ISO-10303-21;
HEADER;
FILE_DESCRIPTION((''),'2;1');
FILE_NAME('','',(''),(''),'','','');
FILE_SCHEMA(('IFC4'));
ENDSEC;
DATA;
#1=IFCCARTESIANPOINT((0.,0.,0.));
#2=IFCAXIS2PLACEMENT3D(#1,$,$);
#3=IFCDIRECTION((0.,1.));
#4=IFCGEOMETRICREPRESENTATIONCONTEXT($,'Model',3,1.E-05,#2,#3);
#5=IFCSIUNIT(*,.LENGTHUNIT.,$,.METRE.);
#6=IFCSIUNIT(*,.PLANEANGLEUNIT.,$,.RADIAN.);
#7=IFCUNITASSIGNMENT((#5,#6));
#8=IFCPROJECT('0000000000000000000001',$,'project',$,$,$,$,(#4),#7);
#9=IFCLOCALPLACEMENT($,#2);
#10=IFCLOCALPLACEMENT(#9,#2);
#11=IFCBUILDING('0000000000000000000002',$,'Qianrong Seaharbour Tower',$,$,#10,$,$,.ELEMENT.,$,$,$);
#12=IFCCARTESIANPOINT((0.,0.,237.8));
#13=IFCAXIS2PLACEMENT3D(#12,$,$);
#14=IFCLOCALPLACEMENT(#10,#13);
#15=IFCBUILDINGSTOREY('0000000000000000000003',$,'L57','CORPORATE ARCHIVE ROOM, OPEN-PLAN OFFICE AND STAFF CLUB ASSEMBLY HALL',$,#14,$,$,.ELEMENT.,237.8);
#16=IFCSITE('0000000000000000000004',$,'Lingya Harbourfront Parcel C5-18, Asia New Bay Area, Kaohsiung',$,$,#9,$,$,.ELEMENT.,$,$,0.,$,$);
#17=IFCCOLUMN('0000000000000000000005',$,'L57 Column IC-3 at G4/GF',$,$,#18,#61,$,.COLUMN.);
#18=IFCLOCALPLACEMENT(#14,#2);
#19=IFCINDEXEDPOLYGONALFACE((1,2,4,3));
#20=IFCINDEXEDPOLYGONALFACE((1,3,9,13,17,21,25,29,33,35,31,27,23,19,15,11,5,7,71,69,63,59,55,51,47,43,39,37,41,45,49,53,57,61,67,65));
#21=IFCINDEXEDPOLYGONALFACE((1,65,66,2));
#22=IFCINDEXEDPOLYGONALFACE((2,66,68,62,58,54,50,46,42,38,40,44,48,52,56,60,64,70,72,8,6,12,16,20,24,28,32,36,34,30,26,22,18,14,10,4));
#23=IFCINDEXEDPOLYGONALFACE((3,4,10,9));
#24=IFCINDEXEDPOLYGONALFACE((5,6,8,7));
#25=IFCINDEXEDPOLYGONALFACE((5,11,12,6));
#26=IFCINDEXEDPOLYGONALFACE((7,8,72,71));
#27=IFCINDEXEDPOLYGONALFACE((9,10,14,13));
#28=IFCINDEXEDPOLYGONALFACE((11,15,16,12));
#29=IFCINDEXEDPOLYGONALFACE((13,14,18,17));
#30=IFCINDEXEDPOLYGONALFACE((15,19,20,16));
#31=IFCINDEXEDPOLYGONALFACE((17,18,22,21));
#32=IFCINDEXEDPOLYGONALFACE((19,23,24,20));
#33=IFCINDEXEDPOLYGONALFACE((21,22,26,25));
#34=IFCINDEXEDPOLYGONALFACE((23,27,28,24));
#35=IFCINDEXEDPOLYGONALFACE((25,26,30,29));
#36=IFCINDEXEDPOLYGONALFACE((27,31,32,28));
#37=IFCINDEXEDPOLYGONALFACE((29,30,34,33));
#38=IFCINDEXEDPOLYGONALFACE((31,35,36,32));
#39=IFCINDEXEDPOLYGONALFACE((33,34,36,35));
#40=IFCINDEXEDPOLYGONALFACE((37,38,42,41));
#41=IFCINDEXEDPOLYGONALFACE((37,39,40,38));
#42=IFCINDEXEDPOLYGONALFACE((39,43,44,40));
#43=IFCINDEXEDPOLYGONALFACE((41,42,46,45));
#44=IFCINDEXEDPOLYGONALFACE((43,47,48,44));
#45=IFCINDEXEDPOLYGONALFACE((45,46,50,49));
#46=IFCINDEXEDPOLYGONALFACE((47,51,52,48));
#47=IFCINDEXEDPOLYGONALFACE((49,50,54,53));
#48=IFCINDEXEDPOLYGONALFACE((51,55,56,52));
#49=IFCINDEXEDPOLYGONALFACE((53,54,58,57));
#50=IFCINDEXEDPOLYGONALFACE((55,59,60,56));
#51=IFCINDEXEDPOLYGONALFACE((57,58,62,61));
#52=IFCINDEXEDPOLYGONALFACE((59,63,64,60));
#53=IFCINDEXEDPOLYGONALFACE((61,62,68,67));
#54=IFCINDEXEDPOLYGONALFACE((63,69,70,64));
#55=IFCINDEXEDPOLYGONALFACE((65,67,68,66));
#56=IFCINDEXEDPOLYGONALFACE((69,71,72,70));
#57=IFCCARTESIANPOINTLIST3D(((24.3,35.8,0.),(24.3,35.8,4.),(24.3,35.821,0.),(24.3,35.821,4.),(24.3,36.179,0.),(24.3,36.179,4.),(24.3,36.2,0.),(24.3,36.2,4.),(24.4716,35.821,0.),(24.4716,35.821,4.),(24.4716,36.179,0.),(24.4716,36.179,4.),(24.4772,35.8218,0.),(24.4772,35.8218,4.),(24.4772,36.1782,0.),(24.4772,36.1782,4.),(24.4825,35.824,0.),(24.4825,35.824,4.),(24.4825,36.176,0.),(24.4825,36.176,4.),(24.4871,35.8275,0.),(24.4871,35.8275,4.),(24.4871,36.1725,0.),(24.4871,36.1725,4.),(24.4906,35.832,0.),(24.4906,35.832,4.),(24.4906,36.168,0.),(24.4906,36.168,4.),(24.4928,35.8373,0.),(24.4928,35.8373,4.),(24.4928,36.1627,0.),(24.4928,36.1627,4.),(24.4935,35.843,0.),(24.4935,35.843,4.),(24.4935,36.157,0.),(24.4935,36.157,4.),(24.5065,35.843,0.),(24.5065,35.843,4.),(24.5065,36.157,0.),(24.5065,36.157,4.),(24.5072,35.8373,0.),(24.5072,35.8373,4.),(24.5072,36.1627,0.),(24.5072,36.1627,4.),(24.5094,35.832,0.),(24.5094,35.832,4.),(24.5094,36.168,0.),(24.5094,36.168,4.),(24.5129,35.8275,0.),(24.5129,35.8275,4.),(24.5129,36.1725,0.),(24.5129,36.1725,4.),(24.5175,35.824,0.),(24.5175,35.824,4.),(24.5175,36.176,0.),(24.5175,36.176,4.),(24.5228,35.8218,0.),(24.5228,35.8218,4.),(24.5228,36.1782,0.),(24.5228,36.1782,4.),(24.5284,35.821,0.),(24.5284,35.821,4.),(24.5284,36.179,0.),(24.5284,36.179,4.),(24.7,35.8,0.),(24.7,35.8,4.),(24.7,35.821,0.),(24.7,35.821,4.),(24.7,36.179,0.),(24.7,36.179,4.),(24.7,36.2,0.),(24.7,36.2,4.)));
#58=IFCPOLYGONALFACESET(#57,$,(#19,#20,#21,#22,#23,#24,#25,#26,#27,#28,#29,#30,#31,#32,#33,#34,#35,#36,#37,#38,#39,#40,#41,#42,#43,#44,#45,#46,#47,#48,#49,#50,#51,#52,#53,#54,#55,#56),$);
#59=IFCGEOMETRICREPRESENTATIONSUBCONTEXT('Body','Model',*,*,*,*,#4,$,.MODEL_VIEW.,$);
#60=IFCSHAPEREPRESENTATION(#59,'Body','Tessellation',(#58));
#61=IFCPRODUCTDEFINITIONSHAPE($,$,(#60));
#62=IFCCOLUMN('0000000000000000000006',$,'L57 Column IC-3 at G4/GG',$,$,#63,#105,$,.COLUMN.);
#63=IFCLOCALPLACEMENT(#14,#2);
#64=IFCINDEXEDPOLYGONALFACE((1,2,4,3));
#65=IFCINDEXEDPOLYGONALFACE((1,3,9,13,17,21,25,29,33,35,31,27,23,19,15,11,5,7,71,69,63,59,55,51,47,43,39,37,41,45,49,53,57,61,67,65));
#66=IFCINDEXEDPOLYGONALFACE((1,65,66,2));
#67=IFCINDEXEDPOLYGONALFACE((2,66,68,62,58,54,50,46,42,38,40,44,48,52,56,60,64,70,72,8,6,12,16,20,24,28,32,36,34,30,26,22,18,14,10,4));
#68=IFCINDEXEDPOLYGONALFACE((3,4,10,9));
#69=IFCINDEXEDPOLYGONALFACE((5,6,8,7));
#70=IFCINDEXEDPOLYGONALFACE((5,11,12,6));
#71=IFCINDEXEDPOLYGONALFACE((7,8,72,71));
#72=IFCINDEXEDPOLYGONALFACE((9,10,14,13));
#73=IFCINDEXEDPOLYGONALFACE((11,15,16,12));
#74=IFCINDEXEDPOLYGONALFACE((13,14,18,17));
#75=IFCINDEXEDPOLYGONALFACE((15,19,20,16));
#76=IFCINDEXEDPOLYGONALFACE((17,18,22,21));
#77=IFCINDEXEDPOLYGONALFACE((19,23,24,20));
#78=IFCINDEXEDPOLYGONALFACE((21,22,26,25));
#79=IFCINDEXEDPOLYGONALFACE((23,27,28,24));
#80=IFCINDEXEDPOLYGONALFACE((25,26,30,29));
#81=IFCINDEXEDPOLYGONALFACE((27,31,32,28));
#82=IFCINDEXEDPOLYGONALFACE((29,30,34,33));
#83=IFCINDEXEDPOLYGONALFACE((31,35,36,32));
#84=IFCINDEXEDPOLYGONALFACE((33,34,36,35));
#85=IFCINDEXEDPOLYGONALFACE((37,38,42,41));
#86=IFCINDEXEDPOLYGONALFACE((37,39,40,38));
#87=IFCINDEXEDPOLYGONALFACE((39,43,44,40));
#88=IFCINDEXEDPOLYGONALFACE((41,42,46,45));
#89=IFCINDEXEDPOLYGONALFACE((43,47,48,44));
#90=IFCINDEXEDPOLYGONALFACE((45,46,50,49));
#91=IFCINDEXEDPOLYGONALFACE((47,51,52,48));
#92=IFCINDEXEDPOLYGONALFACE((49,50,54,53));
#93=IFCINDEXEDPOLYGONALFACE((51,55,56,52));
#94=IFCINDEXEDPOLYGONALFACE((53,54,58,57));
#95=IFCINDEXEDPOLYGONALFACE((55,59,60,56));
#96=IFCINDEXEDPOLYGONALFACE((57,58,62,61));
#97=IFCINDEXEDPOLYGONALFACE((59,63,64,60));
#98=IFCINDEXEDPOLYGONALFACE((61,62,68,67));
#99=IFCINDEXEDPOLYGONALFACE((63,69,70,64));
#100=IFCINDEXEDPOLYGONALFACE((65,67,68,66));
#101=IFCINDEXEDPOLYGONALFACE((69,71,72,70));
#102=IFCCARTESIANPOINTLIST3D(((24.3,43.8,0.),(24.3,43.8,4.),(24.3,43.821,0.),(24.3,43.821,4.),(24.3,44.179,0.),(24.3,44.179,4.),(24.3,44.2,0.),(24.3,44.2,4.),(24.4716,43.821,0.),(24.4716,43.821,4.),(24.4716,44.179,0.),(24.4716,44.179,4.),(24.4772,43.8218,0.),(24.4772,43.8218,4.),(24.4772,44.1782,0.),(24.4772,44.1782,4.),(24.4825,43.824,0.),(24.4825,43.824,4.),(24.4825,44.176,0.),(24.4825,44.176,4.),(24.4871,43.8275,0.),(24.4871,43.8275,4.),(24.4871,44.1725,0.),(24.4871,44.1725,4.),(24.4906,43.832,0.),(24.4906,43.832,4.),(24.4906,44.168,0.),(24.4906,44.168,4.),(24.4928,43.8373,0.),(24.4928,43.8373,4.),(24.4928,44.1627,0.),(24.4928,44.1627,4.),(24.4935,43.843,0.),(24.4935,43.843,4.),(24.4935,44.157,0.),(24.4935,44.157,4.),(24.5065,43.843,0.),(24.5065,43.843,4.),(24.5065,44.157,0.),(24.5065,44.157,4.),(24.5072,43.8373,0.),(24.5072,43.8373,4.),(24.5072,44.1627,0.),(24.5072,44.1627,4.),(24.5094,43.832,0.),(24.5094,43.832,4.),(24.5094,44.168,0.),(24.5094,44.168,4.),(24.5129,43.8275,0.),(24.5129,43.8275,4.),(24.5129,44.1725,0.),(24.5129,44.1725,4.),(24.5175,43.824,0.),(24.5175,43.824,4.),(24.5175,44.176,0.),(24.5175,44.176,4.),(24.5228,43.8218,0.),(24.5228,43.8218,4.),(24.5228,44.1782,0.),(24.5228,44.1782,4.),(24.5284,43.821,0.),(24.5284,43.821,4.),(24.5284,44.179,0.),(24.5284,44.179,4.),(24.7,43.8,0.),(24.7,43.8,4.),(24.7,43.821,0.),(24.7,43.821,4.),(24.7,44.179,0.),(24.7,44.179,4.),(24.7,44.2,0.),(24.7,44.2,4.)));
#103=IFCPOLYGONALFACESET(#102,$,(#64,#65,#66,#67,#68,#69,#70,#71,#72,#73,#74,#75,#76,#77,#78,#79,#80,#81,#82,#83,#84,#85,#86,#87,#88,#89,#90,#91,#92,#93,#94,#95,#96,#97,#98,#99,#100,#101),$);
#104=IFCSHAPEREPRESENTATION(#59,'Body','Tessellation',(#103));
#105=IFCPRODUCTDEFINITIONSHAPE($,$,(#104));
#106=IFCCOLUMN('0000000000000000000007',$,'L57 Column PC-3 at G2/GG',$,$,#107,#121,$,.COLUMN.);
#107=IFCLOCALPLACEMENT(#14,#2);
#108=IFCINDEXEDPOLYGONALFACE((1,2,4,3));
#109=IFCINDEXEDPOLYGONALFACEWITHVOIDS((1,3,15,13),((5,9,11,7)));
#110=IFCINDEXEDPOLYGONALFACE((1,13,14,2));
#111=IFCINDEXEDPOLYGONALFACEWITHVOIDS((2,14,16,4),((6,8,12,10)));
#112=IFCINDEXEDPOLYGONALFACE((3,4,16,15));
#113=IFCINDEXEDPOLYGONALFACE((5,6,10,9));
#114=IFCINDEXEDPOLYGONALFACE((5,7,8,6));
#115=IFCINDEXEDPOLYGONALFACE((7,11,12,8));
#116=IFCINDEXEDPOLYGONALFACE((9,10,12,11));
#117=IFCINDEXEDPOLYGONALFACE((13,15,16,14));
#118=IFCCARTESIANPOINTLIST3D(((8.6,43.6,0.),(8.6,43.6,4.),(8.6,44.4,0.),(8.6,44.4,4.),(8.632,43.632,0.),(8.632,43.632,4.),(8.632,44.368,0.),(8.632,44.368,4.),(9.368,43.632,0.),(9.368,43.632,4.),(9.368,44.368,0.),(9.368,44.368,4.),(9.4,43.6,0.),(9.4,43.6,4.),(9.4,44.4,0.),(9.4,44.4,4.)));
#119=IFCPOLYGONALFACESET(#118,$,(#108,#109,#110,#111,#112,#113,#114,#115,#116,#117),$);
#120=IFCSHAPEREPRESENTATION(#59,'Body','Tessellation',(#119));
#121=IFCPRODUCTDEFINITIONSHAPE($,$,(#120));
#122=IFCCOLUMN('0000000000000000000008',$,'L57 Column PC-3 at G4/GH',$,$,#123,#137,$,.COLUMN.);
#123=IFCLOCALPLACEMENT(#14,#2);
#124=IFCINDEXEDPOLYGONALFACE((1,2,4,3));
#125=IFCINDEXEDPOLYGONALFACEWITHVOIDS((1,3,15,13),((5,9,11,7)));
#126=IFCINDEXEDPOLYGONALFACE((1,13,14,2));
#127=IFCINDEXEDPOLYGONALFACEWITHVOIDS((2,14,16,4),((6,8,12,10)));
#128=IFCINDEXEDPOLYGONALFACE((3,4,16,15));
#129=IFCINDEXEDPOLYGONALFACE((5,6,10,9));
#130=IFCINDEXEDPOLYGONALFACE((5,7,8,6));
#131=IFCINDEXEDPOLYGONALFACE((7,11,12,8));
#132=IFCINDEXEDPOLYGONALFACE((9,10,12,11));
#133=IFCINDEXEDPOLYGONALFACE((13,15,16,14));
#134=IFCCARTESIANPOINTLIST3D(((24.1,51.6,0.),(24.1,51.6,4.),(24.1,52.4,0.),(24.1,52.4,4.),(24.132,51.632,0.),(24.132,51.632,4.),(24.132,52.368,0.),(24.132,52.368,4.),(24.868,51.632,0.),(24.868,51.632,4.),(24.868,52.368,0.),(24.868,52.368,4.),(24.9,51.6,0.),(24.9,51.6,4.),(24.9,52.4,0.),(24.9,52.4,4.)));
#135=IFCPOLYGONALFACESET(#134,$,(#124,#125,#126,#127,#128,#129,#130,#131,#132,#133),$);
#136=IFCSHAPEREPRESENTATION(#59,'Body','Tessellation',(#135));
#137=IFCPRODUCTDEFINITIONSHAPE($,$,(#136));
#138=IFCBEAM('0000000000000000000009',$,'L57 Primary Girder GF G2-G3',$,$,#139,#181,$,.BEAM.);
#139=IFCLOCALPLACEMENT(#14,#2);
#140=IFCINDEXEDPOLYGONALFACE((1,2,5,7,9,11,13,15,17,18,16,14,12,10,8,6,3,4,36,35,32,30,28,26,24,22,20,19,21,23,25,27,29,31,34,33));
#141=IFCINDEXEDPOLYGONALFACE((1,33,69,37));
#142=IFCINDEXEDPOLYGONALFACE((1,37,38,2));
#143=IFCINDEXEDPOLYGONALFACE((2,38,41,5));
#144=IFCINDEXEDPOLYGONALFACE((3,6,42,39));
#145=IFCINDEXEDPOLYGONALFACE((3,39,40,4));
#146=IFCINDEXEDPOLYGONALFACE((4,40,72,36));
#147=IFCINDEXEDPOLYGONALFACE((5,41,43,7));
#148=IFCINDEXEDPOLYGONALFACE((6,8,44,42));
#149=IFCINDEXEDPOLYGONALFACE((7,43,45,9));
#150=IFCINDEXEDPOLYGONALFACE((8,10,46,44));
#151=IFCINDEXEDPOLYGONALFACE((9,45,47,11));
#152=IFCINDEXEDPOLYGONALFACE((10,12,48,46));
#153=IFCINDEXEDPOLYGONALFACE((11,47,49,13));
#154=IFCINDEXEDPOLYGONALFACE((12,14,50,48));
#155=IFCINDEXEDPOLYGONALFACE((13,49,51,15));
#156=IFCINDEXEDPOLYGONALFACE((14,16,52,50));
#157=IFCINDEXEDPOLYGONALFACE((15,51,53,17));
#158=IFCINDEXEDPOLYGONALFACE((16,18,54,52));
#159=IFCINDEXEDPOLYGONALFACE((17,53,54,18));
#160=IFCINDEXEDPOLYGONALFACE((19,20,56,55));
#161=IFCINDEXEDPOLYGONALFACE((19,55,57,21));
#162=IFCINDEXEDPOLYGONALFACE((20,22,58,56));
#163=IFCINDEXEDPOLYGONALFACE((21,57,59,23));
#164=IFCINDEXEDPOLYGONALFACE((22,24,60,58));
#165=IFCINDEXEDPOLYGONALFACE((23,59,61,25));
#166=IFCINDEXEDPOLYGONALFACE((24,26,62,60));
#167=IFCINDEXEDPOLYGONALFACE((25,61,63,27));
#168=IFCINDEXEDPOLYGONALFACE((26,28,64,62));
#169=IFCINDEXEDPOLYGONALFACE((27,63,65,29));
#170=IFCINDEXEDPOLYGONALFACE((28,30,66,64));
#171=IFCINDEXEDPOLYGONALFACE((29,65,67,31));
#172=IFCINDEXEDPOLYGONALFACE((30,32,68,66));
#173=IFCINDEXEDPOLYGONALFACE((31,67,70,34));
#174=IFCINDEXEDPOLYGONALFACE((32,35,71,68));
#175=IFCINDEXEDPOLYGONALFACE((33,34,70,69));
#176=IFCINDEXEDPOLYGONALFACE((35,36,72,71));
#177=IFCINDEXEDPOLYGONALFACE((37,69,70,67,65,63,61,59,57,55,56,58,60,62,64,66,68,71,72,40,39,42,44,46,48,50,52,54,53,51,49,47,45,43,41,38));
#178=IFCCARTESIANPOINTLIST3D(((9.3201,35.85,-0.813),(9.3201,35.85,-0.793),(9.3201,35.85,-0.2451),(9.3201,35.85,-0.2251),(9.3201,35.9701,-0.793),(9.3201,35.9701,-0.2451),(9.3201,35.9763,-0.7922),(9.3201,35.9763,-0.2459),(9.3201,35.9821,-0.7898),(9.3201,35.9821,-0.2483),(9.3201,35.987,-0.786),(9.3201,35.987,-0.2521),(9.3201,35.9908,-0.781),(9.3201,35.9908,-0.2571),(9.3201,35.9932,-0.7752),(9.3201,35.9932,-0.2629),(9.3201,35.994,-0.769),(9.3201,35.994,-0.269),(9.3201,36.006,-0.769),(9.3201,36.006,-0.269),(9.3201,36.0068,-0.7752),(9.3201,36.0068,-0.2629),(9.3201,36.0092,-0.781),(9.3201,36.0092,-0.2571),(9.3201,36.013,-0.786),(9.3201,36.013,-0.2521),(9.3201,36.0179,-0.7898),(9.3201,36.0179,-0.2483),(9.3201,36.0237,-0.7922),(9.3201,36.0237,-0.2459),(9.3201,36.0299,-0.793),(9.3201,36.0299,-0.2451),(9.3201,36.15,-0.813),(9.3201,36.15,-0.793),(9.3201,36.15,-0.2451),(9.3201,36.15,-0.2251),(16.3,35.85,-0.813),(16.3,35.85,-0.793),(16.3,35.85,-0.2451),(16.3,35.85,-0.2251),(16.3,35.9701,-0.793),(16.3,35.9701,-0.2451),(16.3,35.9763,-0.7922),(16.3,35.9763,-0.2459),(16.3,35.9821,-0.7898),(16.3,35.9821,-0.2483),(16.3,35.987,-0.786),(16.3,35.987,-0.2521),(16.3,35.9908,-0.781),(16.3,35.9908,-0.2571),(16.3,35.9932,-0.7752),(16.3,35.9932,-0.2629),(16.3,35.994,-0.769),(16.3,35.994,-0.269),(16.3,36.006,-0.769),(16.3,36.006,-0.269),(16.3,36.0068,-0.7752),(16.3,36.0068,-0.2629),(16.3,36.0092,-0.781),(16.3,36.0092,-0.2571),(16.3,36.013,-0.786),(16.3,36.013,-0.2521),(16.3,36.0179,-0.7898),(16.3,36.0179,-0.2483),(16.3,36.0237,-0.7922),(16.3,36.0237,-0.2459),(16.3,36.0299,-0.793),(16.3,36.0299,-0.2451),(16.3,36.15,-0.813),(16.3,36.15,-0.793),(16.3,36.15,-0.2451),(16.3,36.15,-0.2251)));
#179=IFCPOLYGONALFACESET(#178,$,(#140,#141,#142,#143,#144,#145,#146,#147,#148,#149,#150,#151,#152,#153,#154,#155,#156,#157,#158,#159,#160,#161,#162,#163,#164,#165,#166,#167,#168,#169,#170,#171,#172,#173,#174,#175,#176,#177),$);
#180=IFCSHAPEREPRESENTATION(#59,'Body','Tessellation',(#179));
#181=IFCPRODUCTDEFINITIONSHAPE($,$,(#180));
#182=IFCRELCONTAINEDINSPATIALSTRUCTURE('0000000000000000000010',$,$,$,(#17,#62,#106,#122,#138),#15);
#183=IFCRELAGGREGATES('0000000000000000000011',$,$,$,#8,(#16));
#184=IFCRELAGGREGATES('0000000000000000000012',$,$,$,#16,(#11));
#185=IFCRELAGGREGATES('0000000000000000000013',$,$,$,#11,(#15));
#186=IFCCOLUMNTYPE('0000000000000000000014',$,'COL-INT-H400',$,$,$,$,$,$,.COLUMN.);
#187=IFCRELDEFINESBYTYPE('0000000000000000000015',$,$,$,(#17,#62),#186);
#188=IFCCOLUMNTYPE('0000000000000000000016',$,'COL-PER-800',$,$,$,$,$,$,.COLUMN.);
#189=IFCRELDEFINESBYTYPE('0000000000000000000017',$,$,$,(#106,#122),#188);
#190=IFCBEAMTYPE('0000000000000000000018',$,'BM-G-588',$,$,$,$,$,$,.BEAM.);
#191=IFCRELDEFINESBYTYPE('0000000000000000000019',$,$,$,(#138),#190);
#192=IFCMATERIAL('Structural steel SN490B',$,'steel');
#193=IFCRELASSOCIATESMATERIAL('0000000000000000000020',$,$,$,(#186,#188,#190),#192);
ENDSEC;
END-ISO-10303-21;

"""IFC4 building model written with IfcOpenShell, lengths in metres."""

from ifc_helpers import new_model, si_unit, direction, frame, origin, origin_2d, place, context, subcontext, project, spatial, hollow_rectangle, i_section, extrude, material, material_profile, profile_set, type_object, element, save


model = new_model("IFC4")

# Units and contexts
model_context = context("Model", 3, precision=1e-05, world=origin(), true_north=direction((0.0, 1.0)))
body_context = subcontext(model_context, "Body", "Model", "MODEL_VIEW")
ifc_project = project(units=[si_unit("LENGTHUNIT", "METRE"), si_unit("PLANEANGLEUNIT", "RADIAN")], contexts=[model_context])

# Site, building, storey
site_placement = place(None, origin())
site = spatial("IfcSite", under=ifc_project, at=site_placement, Name="Lingya Harbourfront Parcel C5-18, Asia New Bay Area, Kaohsiung", CompositionType="ELEMENT", RefElevation=0.0)
building_placement = place(site_placement, origin())
building = spatial("IfcBuilding", under=site, at=building_placement, Name="Qianrong Seaharbour Tower", CompositionType="ELEMENT")
storey_placement = place(building_placement, frame((0.0, 0.0, 237.8)))
storey = spatial("IfcBuildingStorey", under=building, at=storey_placement, Name="L57", Description="CORPORATE ARCHIVE ROOM, OPEN-PLAN OFFICE AND STAFF CLUB ASSEMBLY HALL", CompositionType="ELEMENT", Elevation=237.8)

# Columns
ifc_material_1 = material(Name="Structural steel SN490B", Category="steel")
ifc_material_profile_1 = material_profile(ifc_material_1, i_section(OverallWidth=0.3999, OverallDepth=0.3999, WebThickness=0.0129, FlangeThickness=0.021, FilletRadius=0.022, at=origin_2d()), Name="H400x400x13x21")
ifc_profile_set_1 = profile_set([ifc_material_profile_1], Name="Structural steel SN490B")
column_type_1 = type_object("IfcColumnType", Name="COL-INT-H400", PredefinedType="COLUMN", material=ifc_profile_set_1)
for number, where, z_axis, x_axis, name in (
    (1, (24.5, 36.0, 0.0), (0.0, 0.0, 1.0), (1.0, 0.0, 0.0), "L57 Column IC-3 at G4/GF"),
    (2, (24.5, 44.0, 0.0), (0.0, 0.0, 1.0), (1.0, 0.0, 0.0), "L57 Column IC-3 at G4/GG"),
):
    element("IfcColumn", number, at=place(storey_placement, frame(where, z_axis=z_axis, x_axis=x_axis)), inside=storey, type_object=column_type_1, Name=name, PredefinedType="COLUMN", context=body_context, shape_type="SweptSolid", body=[
        extrude(i_section(OverallWidth=0.3999, OverallDepth=0.3999, WebThickness=0.0129, FlangeThickness=0.021, FilletRadius=0.022, at=origin_2d()), origin(), (0.0, 0.0, 1.0), 4.0),
    ])
ifc_material_profile_2 = material_profile(ifc_material_1, hollow_rectangle(XDim=0.8, YDim=0.8, WallThickness=0.032, at=origin_2d()), Name="BOX800x800x32")
ifc_profile_set_2 = profile_set([ifc_material_profile_2], Name="Structural steel SN490B")
column_type_2 = type_object("IfcColumnType", Name="COL-PER-800", PredefinedType="COLUMN", material=ifc_profile_set_2)
for number, where, z_axis, x_axis, name in (
    (3, (9.0, 44.0, 0.0), (0.0, 0.0, 1.0), (1.0, 0.0, 0.0), "L57 Column PC-3 at G2/GG"),
    (4, (24.5, 52.0, 0.0), (0.0, 0.0, 1.0), (1.0, 0.0, 0.0), "L57 Column PC-3 at G4/GH"),
):
    element("IfcColumn", number, at=place(storey_placement, frame(where, z_axis=z_axis, x_axis=x_axis)), inside=storey, type_object=column_type_2, Name=name, PredefinedType="COLUMN", context=body_context, shape_type="SweptSolid", body=[
        extrude(hollow_rectangle(XDim=0.8, YDim=0.8, WallThickness=0.032, at=origin_2d()), origin(), (0.0, 0.0, 1.0), 4.0),
    ])

# Beam
ifc_material_profile_3 = material_profile(ifc_material_1, i_section(OverallWidth=0.3, OverallDepth=0.5879, WebThickness=0.012, FlangeThickness=0.02, FilletRadius=0.0239, at=origin_2d()), Name="H588x300x12x20")
ifc_profile_set_3 = profile_set([ifc_material_profile_3], Name="Structural steel SN490B")
beam_type_1 = type_object("IfcBeamType", Name="BM-G-588", PredefinedType="BEAM", material=ifc_profile_set_3)
beam_1_placement = place(storey_placement, frame((9.3201, 36.0, -0.519), z_axis=(1.0, 0.0, 0.0), x_axis=(0.0, 1.0, 0.0)))
element("IfcBeam", 5, at=beam_1_placement, inside=storey, type_object=beam_type_1, Name="L57 Primary Girder GF G2-G3", PredefinedType="BEAM", context=body_context, shape_type="SweptSolid", body=[
    extrude(i_section(OverallWidth=0.3, OverallDepth=0.5879, WebThickness=0.012, FlangeThickness=0.02, FilletRadius=0.0239, at=origin_2d()), origin(), (0.0, 0.0, 1.0), 6.98),
])

save(model, "model.ifc")
